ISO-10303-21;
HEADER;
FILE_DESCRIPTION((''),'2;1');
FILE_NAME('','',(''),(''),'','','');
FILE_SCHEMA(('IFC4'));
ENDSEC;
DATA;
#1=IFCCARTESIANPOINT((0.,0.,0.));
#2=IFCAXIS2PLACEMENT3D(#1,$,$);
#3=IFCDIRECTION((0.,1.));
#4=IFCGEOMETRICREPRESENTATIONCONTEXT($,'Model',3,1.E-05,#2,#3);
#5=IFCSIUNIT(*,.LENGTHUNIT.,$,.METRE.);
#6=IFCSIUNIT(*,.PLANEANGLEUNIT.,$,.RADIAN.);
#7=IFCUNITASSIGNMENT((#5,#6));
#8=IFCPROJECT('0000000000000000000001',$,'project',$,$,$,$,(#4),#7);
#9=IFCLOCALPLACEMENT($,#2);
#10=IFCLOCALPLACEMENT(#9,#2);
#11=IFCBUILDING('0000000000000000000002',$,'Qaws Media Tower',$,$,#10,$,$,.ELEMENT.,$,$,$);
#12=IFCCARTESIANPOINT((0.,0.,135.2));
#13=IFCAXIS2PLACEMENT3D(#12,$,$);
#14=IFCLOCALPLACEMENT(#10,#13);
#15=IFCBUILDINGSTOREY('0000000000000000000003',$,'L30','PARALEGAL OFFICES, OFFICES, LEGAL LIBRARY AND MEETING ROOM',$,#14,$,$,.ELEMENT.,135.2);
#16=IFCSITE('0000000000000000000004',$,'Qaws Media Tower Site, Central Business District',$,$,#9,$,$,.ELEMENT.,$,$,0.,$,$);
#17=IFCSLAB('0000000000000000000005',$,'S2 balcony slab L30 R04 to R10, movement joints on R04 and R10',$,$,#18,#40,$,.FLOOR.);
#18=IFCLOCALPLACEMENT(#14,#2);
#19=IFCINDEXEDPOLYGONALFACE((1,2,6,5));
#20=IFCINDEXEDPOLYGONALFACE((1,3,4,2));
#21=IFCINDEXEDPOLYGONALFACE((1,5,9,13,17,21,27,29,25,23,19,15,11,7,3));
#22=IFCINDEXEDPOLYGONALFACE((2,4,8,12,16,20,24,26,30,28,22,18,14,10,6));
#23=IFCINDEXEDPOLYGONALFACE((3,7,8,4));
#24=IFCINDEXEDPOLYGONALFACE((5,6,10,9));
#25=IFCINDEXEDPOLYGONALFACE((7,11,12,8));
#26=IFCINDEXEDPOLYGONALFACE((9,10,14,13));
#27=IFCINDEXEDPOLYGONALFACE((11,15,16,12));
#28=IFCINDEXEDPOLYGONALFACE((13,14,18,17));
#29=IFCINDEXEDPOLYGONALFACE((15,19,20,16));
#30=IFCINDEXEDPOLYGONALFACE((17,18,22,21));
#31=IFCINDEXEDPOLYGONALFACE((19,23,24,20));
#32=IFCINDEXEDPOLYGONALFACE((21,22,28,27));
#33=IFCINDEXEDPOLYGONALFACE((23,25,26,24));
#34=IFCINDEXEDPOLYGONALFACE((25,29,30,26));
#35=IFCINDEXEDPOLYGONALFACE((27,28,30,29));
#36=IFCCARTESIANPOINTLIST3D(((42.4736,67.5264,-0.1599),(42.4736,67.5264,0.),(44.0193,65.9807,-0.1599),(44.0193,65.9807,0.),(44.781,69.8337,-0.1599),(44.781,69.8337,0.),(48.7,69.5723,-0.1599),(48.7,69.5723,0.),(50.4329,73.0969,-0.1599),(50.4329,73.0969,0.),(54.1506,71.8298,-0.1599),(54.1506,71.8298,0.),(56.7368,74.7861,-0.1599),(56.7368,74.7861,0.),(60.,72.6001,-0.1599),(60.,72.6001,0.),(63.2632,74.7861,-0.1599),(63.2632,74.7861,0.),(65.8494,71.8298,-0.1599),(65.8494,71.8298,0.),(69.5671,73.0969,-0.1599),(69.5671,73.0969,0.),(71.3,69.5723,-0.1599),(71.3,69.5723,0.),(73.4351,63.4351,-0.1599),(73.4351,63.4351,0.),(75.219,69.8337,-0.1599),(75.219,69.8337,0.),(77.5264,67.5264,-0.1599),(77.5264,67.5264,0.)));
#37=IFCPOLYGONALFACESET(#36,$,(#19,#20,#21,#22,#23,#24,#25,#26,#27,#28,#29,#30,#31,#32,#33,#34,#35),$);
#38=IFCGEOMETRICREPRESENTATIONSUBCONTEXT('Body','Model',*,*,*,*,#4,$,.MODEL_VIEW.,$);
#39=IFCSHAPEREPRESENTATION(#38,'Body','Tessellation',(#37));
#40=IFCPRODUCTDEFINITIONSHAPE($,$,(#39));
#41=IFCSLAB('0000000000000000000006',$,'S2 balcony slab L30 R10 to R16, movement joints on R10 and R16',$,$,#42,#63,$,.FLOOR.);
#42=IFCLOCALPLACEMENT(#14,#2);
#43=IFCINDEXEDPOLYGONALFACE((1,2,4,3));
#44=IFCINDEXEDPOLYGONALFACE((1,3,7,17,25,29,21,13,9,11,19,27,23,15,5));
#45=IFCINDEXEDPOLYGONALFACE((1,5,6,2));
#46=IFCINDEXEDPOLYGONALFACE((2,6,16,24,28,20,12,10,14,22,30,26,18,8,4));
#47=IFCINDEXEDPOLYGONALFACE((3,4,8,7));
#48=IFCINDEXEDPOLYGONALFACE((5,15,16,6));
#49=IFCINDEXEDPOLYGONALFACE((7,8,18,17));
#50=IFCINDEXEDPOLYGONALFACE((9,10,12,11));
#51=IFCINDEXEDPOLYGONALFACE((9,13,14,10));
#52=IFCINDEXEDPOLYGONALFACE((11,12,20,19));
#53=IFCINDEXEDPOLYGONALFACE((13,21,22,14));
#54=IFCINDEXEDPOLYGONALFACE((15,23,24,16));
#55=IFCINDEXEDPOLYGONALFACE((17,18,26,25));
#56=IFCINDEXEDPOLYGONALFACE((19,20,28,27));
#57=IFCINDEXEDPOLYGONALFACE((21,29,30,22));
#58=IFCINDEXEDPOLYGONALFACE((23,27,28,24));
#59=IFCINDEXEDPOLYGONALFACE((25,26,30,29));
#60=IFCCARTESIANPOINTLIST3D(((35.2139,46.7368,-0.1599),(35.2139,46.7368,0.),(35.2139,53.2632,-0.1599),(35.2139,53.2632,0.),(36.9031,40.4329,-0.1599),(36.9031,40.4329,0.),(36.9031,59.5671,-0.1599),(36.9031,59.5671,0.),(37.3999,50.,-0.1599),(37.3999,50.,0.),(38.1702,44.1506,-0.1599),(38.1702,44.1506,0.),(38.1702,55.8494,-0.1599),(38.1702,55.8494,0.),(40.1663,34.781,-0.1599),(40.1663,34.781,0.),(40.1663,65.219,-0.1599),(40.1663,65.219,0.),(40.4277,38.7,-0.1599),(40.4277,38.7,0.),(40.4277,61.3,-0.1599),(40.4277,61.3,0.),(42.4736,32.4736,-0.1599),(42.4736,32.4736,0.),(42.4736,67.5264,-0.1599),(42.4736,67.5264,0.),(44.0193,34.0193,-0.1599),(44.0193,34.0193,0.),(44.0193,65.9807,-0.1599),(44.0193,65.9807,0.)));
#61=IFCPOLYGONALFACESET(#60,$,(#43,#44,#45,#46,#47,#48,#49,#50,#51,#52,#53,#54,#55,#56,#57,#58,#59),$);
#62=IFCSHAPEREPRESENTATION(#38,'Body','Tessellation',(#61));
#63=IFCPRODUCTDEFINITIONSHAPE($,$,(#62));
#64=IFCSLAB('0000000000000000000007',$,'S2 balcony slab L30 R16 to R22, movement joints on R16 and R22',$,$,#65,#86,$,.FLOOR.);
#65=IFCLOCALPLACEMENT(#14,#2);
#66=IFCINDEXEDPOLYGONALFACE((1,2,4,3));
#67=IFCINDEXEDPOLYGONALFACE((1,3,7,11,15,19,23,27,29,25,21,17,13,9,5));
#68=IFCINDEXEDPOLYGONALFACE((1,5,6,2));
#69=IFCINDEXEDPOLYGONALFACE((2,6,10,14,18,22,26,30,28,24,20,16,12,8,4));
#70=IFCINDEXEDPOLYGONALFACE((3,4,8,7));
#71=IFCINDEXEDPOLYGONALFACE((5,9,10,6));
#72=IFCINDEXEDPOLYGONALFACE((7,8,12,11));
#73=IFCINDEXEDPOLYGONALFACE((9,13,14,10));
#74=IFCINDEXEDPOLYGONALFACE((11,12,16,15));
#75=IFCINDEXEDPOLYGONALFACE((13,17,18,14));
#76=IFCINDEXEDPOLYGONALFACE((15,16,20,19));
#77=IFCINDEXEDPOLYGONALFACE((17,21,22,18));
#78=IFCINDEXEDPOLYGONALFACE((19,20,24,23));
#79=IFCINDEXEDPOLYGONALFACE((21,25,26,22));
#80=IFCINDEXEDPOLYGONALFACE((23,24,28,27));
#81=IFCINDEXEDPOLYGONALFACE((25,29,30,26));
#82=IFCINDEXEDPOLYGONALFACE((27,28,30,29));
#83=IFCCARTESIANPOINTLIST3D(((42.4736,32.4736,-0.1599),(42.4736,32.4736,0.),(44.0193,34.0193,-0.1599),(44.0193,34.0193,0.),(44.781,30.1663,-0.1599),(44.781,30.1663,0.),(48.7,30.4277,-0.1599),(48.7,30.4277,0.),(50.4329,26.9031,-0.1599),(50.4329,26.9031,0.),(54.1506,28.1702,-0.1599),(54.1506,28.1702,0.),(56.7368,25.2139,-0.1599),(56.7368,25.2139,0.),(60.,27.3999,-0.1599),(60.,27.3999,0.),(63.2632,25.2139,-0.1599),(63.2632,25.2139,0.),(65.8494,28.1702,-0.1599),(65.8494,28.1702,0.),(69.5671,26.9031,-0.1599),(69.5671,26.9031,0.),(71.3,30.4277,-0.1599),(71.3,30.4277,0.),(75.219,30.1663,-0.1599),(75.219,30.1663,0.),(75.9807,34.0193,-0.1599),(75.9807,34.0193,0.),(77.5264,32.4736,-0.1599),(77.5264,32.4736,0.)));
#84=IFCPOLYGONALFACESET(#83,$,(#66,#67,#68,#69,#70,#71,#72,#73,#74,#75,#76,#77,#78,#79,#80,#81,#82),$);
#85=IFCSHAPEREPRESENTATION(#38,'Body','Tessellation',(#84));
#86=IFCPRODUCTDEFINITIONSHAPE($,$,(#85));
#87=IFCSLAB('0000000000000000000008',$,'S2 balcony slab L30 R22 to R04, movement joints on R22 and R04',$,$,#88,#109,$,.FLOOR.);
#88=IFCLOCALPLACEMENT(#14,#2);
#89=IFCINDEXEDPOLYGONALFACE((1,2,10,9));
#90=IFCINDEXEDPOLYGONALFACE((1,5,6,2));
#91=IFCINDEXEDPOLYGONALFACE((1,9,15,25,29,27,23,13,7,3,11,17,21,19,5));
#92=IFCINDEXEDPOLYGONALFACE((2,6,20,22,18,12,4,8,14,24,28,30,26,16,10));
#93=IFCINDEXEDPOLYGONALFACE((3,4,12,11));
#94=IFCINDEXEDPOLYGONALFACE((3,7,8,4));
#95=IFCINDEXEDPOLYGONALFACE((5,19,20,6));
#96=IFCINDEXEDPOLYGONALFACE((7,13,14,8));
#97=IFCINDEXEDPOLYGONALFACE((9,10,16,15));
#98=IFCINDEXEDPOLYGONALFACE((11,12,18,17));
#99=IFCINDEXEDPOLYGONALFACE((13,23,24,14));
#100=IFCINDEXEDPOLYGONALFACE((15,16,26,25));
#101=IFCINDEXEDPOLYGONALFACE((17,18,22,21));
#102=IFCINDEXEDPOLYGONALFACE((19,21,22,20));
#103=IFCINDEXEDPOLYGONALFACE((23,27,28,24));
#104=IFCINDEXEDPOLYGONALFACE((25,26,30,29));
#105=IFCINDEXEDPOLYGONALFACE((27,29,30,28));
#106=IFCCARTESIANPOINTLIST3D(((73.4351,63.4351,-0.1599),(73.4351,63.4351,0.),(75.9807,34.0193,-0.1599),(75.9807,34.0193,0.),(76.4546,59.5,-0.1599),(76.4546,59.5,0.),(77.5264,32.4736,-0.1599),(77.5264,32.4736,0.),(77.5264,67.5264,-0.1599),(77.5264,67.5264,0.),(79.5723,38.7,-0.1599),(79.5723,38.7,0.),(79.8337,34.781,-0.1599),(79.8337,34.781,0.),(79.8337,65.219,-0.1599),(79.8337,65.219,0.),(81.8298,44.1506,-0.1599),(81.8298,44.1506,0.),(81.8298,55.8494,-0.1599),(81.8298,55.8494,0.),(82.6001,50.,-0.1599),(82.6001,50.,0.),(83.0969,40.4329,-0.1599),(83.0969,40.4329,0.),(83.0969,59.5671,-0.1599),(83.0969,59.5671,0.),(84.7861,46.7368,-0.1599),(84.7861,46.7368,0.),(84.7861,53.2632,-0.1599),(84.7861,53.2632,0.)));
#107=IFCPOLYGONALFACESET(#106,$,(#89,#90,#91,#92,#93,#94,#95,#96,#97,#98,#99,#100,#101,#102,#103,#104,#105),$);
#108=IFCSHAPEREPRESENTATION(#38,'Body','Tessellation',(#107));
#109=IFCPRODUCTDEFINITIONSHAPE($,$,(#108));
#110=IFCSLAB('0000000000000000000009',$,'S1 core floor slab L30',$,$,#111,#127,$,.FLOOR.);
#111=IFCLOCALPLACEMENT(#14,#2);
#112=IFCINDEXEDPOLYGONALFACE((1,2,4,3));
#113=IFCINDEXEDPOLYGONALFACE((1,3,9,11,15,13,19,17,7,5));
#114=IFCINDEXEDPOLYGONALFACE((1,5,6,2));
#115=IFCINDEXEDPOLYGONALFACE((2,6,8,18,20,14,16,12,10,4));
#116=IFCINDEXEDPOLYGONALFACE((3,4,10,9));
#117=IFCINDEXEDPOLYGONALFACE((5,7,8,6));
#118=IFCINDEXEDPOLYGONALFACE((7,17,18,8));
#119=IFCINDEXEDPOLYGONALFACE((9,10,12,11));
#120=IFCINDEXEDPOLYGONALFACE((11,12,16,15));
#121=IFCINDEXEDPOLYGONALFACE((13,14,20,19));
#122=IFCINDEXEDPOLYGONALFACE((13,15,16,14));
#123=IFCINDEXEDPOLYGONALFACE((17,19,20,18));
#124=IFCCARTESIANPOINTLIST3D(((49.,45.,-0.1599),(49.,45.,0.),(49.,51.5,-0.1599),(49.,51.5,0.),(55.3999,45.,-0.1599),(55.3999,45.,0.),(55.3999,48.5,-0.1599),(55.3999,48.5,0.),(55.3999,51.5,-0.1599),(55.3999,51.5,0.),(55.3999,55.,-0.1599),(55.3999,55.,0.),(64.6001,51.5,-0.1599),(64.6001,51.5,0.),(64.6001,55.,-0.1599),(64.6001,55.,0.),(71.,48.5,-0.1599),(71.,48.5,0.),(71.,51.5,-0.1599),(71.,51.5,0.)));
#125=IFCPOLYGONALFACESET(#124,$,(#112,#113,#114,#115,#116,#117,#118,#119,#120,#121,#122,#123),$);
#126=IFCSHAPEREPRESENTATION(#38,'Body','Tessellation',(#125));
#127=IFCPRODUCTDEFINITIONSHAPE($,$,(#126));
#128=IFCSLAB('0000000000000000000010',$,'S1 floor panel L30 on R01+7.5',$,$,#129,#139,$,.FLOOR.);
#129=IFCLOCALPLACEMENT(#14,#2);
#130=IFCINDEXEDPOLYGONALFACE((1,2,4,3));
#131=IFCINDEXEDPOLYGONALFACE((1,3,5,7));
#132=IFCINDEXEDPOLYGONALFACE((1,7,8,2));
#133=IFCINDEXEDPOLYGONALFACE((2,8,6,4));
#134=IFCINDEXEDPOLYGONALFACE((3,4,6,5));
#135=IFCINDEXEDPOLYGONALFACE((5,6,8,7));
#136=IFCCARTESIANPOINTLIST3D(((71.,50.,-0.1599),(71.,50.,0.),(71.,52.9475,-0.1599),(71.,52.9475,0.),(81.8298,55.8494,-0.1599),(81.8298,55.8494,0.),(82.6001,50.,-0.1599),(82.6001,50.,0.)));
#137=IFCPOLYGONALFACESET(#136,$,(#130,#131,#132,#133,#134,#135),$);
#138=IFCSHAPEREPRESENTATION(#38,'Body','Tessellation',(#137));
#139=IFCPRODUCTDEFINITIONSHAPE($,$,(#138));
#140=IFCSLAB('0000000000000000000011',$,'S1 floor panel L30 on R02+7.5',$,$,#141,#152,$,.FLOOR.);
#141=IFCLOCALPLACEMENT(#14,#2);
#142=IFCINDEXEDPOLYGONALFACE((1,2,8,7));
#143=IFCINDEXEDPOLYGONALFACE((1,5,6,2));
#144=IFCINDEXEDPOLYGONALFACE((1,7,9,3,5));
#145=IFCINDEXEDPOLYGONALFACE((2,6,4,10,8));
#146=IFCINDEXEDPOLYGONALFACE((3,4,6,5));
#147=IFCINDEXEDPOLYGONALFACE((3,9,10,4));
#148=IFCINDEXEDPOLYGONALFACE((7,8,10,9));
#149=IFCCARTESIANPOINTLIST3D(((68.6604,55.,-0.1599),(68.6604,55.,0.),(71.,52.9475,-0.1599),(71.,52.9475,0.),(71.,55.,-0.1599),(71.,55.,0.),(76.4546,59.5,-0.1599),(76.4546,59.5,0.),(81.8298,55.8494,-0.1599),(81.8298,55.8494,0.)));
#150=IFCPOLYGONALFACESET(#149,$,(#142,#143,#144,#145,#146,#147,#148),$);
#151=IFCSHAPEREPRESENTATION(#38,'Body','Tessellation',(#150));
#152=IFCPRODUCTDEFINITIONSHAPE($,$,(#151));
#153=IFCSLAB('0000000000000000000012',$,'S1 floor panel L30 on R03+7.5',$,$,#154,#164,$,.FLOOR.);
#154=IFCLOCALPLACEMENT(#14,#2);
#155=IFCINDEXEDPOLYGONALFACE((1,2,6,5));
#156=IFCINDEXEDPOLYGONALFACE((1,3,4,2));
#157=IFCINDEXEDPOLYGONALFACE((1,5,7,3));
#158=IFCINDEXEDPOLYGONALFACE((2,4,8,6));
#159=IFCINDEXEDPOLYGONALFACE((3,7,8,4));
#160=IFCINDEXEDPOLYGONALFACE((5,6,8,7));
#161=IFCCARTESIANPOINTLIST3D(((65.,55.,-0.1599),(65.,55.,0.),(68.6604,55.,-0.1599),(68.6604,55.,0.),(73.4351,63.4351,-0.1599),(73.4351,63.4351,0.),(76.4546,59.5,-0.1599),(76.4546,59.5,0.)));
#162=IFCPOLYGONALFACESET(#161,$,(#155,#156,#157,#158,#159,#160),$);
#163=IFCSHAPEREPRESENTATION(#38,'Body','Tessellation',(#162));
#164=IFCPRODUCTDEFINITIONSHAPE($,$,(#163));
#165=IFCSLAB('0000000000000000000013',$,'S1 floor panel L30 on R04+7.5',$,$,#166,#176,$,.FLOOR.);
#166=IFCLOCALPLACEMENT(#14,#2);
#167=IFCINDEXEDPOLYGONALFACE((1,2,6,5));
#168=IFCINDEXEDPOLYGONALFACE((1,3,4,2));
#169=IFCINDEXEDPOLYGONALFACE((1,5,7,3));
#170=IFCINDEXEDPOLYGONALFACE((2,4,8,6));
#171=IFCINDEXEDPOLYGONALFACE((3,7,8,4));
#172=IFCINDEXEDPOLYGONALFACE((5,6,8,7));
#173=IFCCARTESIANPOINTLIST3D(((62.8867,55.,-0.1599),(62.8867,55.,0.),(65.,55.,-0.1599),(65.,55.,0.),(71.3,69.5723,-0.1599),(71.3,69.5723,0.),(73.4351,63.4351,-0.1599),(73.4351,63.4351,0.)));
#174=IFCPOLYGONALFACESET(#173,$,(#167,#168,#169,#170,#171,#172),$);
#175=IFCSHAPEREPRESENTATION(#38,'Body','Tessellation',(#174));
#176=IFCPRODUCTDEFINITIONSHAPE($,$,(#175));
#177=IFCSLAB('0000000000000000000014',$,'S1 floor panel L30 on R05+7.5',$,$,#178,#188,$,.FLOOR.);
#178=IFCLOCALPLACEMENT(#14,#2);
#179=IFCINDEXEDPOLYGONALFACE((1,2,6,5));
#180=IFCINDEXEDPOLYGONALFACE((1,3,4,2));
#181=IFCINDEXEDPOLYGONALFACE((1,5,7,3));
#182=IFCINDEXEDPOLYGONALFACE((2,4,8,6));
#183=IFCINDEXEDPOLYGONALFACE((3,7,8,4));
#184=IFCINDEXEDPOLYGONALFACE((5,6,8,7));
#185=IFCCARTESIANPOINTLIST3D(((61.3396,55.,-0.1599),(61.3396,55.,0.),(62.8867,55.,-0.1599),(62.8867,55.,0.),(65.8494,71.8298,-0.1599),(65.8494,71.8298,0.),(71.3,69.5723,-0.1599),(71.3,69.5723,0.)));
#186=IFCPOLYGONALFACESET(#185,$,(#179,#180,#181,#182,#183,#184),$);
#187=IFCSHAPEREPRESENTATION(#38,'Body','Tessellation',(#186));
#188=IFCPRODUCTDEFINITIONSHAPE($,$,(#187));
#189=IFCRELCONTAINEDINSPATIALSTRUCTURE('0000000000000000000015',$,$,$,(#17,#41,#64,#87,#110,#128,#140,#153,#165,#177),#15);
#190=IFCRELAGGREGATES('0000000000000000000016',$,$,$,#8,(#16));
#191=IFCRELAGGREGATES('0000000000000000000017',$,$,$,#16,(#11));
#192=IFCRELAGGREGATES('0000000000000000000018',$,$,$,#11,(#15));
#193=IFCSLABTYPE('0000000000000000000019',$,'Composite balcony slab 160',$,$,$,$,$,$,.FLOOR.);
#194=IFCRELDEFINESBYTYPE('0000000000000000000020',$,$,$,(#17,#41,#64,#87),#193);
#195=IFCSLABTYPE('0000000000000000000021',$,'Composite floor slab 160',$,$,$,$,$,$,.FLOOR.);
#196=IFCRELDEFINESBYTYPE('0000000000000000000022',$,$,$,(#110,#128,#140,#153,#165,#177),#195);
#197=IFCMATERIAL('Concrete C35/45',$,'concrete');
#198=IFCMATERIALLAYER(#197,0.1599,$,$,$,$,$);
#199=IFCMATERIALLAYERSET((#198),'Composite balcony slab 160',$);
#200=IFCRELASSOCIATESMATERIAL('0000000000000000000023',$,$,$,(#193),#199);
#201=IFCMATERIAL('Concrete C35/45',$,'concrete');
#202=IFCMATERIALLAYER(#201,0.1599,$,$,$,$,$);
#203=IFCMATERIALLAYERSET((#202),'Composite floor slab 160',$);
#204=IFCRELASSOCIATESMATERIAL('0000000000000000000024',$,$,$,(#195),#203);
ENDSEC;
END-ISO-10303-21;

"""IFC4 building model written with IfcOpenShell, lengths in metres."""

from ifc_helpers import new_model, si_unit, direction, frame, origin, place, context, subcontext, project, spatial, polyline, outline, extrude, material, layer, layer_set, type_object, element, save


model = new_model("IFC4")

# Units and contexts
model_context = context("Model", 3, precision=1e-05, world=origin(), true_north=direction((0.0, 1.0)))
body_context = subcontext(model_context, "Body", "Model", "MODEL_VIEW")
ifc_project = project(units=[si_unit("LENGTHUNIT", "METRE"), si_unit("PLANEANGLEUNIT", "RADIAN")], contexts=[model_context])

# Site, building, storey
site_placement = place(None, origin())
site = spatial("IfcSite", under=ifc_project, at=site_placement, Name="Qaws Media Tower Site, Central Business District", CompositionType="ELEMENT", RefElevation=0.0)
building_placement = place(site_placement, origin())
building = spatial("IfcBuilding", under=site, at=building_placement, Name="Qaws Media Tower", CompositionType="ELEMENT")
storey_placement = place(building_placement, frame((0.0, 0.0, 135.2)))
storey = spatial("IfcBuildingStorey", under=building, at=storey_placement, Name="L30", Description="PARALEGAL OFFICES, OFFICES, LEGAL LIBRARY AND MEETING ROOM", CompositionType="ELEMENT", Elevation=135.2)

# Slabs
ifc_material_1 = material(Name="Concrete C35/45", Category="concrete")
ifc_layer_1 = layer(ifc_material_1, 0.1599)
ifc_layer_set_1 = layer_set([ifc_layer_1], Name="Composite balcony slab 160")
slab_type_1 = type_object("IfcSlabType", Name="Composite balcony slab 160", PredefinedType="FLOOR", material=ifc_layer_set_1)
slab_1_placement = place(storey_placement, frame((0.0, 0.0, -0.1599)))
element("IfcSlab", 1, at=slab_1_placement, inside=storey, type_object=slab_type_1, Name="S2 balcony slab L30 R04 to R10, movement joints on R04 and R10", PredefinedType="FLOOR", context=body_context, shape_type="SweptSolid", body=[
    extrude(outline(polyline([(44.781, 69.8337), (50.4329, 73.0969), (56.7368, 74.7861), (63.2632, 74.7861), (69.5671, 73.0969), (75.219, 69.8337), (77.5264, 67.5264), (73.4351, 63.4351), (71.3, 69.5723), (65.8494, 71.8298), (60.0, 72.6001), (54.1506, 71.8298), (48.7, 69.5723), (44.0193, 65.9807), (42.4736, 67.5264), (44.781, 69.8337)])), origin(), (0.0, 0.0, 1.0), 0.1599),
])
slab_2_placement = place(storey_placement, frame((0.0, 0.0, -0.1599)))
element("IfcSlab", 2, at=slab_2_placement, inside=storey, type_object=slab_type_1, Name="S2 balcony slab L30 R10 to R16, movement joints on R10 and R16", PredefinedType="FLOOR", context=body_context, shape_type="SweptSolid", body=[
    extrude(outline(polyline([(40.1663, 34.781), (36.9031, 40.4329), (35.2139, 46.7368), (35.2139, 53.2632), (36.9031, 59.5671), (40.1663, 65.219), (42.4736, 67.5264), (44.0193, 65.9807), (40.4277, 61.3), (38.1702, 55.8494), (37.3999, 50.0), (38.1702, 44.1506), (40.4277, 38.7), (44.0193, 34.0193), (42.4736, 32.4736), (40.1663, 34.781)])), origin(), (0.0, 0.0, 1.0), 0.1599),
])
slab_3_placement = place(storey_placement, frame((0.0, 0.0, -0.1599)))
element("IfcSlab", 3, at=slab_3_placement, inside=storey, type_object=slab_type_1, Name="S2 balcony slab L30 R16 to R22, movement joints on R16 and R22", PredefinedType="FLOOR", context=body_context, shape_type="SweptSolid", body=[
    extrude(outline(polyline([(75.219, 30.1663), (69.5671, 26.9031), (63.2632, 25.2139), (56.7368, 25.2139), (50.4329, 26.9031), (44.781, 30.1663), (42.4736, 32.4736), (44.0193, 34.0193), (48.7, 30.4277), (54.1506, 28.1702), (60.0, 27.3999), (65.8494, 28.1702), (71.3, 30.4277), (75.9807, 34.0193), (77.5264, 32.4736), (75.219, 30.1663)])), origin(), (0.0, 0.0, 1.0), 0.1599),
])
slab_4_placement = place(storey_placement, frame((0.0, 0.0, -0.1599)))
element("IfcSlab", 4, at=slab_4_placement, inside=storey, type_object=slab_type_1, Name="S2 balcony slab L30 R22 to R04, movement joints on R22 and R04", PredefinedType="FLOOR", context=body_context, shape_type="SweptSolid", body=[
    extrude(outline(polyline([(83.0969, 40.4329), (79.8337, 34.781), (77.5264, 32.4736), (75.9807, 34.0193), (79.5723, 38.7), (81.8298, 44.1506), (82.6001, 50.0), (81.8298, 55.8494), (76.4546, 59.5), (73.4351, 63.4351), (77.5264, 67.5264), (79.8337, 65.219), (83.0969, 59.5671), (84.7861, 53.2632), (84.7861, 46.7368), (83.0969, 40.4329)])), origin(), (0.0, 0.0, 1.0), 0.1599),
])
ifc_material_2 = material(Name="Concrete C35/45", Category="concrete")
ifc_layer_2 = layer(ifc_material_2, 0.1599)
ifc_layer_set_2 = layer_set([ifc_layer_2], Name="Composite floor slab 160")
slab_type_2 = type_object("IfcSlabType", Name="Composite floor slab 160", PredefinedType="FLOOR", material=ifc_layer_set_2)
slab_5_placement = place(storey_placement, frame((0.0, 0.0, -0.1599)))
element("IfcSlab", 5, at=slab_5_placement, inside=storey, type_object=slab_type_2, Name="S1 core floor slab L30", PredefinedType="FLOOR", context=body_context, shape_type="SweptSolid", body=[
    extrude(outline(polyline([(71.0, 51.5), (71.0, 48.5), (55.3999, 48.5), (55.3999, 45.0), (49.0, 45.0), (49.0, 51.5), (55.3999, 51.5), (55.3999, 55.0), (64.6001, 55.0), (64.6001, 51.5), (71.0, 51.5)])), origin(), (0.0, 0.0, 1.0), 0.1599),
])
slab_6_placement = place(storey_placement, frame((0.0, 0.0, -0.1599)))
element("IfcSlab", 6, at=slab_6_placement, inside=storey, type_object=slab_type_2, Name="S1 floor panel L30 on R01+7.5", PredefinedType="FLOOR", context=body_context, shape_type="SweptSolid", body=[
    extrude(outline(polyline([(81.8298, 55.8494), (82.6001, 50.0), (71.0, 50.0), (71.0, 52.9475), (81.8298, 55.8494)])), origin(), (0.0, 0.0, 1.0), 0.1599),
])
slab_7_placement = place(storey_placement, frame((0.0, 0.0, -0.1599)))
element("IfcSlab", 7, at=slab_7_placement, inside=storey, type_object=slab_type_2, Name="S1 floor panel L30 on R02+7.5", PredefinedType="FLOOR", context=body_context, shape_type="SweptSolid", body=[
    extrude(outline(polyline([(76.4546, 59.5), (81.8298, 55.8494), (71.0, 52.9475), (71.0, 55.0), (68.6604, 55.0), (76.4546, 59.5)])), origin(), (0.0, 0.0, 1.0), 0.1599),
])
slab_8_placement = place(storey_placement, frame((0.0, 0.0, -0.1599)))
element("IfcSlab", 8, at=slab_8_placement, inside=storey, type_object=slab_type_2, Name="S1 floor panel L30 on R03+7.5", PredefinedType="FLOOR", context=body_context, shape_type="SweptSolid", body=[
    extrude(outline(polyline([(76.4546, 59.5), (68.6604, 55.0), (65.0, 55.0), (73.4351, 63.4351), (76.4546, 59.5)])), origin(), (0.0, 0.0, 1.0), 0.1599),
])
slab_9_placement = place(storey_placement, frame((0.0, 0.0, -0.1599)))
element("IfcSlab", 9, at=slab_9_placement, inside=storey, type_object=slab_type_2, Name="S1 floor panel L30 on R04+7.5", PredefinedType="FLOOR", context=body_context, shape_type="SweptSolid", body=[
    extrude(outline(polyline([(71.3, 69.5723), (73.4351, 63.4351), (65.0, 55.0), (62.8867, 55.0), (71.3, 69.5723)])), origin(), (0.0, 0.0, 1.0), 0.1599),
])
slab_10_placement = place(storey_placement, frame((0.0, 0.0, -0.1599)))
element("IfcSlab", 10, at=slab_10_placement, inside=storey, type_object=slab_type_2, Name="S1 floor panel L30 on R05+7.5", PredefinedType="FLOOR", context=body_context, shape_type="SweptSolid", body=[
    extrude(outline(polyline([(71.3, 69.5723), (62.8867, 55.0), (61.3396, 55.0), (65.8494, 71.8298), (71.3, 69.5723)])), origin(), (0.0, 0.0, 1.0), 0.1599),
])

save(model, "model.ifc")
